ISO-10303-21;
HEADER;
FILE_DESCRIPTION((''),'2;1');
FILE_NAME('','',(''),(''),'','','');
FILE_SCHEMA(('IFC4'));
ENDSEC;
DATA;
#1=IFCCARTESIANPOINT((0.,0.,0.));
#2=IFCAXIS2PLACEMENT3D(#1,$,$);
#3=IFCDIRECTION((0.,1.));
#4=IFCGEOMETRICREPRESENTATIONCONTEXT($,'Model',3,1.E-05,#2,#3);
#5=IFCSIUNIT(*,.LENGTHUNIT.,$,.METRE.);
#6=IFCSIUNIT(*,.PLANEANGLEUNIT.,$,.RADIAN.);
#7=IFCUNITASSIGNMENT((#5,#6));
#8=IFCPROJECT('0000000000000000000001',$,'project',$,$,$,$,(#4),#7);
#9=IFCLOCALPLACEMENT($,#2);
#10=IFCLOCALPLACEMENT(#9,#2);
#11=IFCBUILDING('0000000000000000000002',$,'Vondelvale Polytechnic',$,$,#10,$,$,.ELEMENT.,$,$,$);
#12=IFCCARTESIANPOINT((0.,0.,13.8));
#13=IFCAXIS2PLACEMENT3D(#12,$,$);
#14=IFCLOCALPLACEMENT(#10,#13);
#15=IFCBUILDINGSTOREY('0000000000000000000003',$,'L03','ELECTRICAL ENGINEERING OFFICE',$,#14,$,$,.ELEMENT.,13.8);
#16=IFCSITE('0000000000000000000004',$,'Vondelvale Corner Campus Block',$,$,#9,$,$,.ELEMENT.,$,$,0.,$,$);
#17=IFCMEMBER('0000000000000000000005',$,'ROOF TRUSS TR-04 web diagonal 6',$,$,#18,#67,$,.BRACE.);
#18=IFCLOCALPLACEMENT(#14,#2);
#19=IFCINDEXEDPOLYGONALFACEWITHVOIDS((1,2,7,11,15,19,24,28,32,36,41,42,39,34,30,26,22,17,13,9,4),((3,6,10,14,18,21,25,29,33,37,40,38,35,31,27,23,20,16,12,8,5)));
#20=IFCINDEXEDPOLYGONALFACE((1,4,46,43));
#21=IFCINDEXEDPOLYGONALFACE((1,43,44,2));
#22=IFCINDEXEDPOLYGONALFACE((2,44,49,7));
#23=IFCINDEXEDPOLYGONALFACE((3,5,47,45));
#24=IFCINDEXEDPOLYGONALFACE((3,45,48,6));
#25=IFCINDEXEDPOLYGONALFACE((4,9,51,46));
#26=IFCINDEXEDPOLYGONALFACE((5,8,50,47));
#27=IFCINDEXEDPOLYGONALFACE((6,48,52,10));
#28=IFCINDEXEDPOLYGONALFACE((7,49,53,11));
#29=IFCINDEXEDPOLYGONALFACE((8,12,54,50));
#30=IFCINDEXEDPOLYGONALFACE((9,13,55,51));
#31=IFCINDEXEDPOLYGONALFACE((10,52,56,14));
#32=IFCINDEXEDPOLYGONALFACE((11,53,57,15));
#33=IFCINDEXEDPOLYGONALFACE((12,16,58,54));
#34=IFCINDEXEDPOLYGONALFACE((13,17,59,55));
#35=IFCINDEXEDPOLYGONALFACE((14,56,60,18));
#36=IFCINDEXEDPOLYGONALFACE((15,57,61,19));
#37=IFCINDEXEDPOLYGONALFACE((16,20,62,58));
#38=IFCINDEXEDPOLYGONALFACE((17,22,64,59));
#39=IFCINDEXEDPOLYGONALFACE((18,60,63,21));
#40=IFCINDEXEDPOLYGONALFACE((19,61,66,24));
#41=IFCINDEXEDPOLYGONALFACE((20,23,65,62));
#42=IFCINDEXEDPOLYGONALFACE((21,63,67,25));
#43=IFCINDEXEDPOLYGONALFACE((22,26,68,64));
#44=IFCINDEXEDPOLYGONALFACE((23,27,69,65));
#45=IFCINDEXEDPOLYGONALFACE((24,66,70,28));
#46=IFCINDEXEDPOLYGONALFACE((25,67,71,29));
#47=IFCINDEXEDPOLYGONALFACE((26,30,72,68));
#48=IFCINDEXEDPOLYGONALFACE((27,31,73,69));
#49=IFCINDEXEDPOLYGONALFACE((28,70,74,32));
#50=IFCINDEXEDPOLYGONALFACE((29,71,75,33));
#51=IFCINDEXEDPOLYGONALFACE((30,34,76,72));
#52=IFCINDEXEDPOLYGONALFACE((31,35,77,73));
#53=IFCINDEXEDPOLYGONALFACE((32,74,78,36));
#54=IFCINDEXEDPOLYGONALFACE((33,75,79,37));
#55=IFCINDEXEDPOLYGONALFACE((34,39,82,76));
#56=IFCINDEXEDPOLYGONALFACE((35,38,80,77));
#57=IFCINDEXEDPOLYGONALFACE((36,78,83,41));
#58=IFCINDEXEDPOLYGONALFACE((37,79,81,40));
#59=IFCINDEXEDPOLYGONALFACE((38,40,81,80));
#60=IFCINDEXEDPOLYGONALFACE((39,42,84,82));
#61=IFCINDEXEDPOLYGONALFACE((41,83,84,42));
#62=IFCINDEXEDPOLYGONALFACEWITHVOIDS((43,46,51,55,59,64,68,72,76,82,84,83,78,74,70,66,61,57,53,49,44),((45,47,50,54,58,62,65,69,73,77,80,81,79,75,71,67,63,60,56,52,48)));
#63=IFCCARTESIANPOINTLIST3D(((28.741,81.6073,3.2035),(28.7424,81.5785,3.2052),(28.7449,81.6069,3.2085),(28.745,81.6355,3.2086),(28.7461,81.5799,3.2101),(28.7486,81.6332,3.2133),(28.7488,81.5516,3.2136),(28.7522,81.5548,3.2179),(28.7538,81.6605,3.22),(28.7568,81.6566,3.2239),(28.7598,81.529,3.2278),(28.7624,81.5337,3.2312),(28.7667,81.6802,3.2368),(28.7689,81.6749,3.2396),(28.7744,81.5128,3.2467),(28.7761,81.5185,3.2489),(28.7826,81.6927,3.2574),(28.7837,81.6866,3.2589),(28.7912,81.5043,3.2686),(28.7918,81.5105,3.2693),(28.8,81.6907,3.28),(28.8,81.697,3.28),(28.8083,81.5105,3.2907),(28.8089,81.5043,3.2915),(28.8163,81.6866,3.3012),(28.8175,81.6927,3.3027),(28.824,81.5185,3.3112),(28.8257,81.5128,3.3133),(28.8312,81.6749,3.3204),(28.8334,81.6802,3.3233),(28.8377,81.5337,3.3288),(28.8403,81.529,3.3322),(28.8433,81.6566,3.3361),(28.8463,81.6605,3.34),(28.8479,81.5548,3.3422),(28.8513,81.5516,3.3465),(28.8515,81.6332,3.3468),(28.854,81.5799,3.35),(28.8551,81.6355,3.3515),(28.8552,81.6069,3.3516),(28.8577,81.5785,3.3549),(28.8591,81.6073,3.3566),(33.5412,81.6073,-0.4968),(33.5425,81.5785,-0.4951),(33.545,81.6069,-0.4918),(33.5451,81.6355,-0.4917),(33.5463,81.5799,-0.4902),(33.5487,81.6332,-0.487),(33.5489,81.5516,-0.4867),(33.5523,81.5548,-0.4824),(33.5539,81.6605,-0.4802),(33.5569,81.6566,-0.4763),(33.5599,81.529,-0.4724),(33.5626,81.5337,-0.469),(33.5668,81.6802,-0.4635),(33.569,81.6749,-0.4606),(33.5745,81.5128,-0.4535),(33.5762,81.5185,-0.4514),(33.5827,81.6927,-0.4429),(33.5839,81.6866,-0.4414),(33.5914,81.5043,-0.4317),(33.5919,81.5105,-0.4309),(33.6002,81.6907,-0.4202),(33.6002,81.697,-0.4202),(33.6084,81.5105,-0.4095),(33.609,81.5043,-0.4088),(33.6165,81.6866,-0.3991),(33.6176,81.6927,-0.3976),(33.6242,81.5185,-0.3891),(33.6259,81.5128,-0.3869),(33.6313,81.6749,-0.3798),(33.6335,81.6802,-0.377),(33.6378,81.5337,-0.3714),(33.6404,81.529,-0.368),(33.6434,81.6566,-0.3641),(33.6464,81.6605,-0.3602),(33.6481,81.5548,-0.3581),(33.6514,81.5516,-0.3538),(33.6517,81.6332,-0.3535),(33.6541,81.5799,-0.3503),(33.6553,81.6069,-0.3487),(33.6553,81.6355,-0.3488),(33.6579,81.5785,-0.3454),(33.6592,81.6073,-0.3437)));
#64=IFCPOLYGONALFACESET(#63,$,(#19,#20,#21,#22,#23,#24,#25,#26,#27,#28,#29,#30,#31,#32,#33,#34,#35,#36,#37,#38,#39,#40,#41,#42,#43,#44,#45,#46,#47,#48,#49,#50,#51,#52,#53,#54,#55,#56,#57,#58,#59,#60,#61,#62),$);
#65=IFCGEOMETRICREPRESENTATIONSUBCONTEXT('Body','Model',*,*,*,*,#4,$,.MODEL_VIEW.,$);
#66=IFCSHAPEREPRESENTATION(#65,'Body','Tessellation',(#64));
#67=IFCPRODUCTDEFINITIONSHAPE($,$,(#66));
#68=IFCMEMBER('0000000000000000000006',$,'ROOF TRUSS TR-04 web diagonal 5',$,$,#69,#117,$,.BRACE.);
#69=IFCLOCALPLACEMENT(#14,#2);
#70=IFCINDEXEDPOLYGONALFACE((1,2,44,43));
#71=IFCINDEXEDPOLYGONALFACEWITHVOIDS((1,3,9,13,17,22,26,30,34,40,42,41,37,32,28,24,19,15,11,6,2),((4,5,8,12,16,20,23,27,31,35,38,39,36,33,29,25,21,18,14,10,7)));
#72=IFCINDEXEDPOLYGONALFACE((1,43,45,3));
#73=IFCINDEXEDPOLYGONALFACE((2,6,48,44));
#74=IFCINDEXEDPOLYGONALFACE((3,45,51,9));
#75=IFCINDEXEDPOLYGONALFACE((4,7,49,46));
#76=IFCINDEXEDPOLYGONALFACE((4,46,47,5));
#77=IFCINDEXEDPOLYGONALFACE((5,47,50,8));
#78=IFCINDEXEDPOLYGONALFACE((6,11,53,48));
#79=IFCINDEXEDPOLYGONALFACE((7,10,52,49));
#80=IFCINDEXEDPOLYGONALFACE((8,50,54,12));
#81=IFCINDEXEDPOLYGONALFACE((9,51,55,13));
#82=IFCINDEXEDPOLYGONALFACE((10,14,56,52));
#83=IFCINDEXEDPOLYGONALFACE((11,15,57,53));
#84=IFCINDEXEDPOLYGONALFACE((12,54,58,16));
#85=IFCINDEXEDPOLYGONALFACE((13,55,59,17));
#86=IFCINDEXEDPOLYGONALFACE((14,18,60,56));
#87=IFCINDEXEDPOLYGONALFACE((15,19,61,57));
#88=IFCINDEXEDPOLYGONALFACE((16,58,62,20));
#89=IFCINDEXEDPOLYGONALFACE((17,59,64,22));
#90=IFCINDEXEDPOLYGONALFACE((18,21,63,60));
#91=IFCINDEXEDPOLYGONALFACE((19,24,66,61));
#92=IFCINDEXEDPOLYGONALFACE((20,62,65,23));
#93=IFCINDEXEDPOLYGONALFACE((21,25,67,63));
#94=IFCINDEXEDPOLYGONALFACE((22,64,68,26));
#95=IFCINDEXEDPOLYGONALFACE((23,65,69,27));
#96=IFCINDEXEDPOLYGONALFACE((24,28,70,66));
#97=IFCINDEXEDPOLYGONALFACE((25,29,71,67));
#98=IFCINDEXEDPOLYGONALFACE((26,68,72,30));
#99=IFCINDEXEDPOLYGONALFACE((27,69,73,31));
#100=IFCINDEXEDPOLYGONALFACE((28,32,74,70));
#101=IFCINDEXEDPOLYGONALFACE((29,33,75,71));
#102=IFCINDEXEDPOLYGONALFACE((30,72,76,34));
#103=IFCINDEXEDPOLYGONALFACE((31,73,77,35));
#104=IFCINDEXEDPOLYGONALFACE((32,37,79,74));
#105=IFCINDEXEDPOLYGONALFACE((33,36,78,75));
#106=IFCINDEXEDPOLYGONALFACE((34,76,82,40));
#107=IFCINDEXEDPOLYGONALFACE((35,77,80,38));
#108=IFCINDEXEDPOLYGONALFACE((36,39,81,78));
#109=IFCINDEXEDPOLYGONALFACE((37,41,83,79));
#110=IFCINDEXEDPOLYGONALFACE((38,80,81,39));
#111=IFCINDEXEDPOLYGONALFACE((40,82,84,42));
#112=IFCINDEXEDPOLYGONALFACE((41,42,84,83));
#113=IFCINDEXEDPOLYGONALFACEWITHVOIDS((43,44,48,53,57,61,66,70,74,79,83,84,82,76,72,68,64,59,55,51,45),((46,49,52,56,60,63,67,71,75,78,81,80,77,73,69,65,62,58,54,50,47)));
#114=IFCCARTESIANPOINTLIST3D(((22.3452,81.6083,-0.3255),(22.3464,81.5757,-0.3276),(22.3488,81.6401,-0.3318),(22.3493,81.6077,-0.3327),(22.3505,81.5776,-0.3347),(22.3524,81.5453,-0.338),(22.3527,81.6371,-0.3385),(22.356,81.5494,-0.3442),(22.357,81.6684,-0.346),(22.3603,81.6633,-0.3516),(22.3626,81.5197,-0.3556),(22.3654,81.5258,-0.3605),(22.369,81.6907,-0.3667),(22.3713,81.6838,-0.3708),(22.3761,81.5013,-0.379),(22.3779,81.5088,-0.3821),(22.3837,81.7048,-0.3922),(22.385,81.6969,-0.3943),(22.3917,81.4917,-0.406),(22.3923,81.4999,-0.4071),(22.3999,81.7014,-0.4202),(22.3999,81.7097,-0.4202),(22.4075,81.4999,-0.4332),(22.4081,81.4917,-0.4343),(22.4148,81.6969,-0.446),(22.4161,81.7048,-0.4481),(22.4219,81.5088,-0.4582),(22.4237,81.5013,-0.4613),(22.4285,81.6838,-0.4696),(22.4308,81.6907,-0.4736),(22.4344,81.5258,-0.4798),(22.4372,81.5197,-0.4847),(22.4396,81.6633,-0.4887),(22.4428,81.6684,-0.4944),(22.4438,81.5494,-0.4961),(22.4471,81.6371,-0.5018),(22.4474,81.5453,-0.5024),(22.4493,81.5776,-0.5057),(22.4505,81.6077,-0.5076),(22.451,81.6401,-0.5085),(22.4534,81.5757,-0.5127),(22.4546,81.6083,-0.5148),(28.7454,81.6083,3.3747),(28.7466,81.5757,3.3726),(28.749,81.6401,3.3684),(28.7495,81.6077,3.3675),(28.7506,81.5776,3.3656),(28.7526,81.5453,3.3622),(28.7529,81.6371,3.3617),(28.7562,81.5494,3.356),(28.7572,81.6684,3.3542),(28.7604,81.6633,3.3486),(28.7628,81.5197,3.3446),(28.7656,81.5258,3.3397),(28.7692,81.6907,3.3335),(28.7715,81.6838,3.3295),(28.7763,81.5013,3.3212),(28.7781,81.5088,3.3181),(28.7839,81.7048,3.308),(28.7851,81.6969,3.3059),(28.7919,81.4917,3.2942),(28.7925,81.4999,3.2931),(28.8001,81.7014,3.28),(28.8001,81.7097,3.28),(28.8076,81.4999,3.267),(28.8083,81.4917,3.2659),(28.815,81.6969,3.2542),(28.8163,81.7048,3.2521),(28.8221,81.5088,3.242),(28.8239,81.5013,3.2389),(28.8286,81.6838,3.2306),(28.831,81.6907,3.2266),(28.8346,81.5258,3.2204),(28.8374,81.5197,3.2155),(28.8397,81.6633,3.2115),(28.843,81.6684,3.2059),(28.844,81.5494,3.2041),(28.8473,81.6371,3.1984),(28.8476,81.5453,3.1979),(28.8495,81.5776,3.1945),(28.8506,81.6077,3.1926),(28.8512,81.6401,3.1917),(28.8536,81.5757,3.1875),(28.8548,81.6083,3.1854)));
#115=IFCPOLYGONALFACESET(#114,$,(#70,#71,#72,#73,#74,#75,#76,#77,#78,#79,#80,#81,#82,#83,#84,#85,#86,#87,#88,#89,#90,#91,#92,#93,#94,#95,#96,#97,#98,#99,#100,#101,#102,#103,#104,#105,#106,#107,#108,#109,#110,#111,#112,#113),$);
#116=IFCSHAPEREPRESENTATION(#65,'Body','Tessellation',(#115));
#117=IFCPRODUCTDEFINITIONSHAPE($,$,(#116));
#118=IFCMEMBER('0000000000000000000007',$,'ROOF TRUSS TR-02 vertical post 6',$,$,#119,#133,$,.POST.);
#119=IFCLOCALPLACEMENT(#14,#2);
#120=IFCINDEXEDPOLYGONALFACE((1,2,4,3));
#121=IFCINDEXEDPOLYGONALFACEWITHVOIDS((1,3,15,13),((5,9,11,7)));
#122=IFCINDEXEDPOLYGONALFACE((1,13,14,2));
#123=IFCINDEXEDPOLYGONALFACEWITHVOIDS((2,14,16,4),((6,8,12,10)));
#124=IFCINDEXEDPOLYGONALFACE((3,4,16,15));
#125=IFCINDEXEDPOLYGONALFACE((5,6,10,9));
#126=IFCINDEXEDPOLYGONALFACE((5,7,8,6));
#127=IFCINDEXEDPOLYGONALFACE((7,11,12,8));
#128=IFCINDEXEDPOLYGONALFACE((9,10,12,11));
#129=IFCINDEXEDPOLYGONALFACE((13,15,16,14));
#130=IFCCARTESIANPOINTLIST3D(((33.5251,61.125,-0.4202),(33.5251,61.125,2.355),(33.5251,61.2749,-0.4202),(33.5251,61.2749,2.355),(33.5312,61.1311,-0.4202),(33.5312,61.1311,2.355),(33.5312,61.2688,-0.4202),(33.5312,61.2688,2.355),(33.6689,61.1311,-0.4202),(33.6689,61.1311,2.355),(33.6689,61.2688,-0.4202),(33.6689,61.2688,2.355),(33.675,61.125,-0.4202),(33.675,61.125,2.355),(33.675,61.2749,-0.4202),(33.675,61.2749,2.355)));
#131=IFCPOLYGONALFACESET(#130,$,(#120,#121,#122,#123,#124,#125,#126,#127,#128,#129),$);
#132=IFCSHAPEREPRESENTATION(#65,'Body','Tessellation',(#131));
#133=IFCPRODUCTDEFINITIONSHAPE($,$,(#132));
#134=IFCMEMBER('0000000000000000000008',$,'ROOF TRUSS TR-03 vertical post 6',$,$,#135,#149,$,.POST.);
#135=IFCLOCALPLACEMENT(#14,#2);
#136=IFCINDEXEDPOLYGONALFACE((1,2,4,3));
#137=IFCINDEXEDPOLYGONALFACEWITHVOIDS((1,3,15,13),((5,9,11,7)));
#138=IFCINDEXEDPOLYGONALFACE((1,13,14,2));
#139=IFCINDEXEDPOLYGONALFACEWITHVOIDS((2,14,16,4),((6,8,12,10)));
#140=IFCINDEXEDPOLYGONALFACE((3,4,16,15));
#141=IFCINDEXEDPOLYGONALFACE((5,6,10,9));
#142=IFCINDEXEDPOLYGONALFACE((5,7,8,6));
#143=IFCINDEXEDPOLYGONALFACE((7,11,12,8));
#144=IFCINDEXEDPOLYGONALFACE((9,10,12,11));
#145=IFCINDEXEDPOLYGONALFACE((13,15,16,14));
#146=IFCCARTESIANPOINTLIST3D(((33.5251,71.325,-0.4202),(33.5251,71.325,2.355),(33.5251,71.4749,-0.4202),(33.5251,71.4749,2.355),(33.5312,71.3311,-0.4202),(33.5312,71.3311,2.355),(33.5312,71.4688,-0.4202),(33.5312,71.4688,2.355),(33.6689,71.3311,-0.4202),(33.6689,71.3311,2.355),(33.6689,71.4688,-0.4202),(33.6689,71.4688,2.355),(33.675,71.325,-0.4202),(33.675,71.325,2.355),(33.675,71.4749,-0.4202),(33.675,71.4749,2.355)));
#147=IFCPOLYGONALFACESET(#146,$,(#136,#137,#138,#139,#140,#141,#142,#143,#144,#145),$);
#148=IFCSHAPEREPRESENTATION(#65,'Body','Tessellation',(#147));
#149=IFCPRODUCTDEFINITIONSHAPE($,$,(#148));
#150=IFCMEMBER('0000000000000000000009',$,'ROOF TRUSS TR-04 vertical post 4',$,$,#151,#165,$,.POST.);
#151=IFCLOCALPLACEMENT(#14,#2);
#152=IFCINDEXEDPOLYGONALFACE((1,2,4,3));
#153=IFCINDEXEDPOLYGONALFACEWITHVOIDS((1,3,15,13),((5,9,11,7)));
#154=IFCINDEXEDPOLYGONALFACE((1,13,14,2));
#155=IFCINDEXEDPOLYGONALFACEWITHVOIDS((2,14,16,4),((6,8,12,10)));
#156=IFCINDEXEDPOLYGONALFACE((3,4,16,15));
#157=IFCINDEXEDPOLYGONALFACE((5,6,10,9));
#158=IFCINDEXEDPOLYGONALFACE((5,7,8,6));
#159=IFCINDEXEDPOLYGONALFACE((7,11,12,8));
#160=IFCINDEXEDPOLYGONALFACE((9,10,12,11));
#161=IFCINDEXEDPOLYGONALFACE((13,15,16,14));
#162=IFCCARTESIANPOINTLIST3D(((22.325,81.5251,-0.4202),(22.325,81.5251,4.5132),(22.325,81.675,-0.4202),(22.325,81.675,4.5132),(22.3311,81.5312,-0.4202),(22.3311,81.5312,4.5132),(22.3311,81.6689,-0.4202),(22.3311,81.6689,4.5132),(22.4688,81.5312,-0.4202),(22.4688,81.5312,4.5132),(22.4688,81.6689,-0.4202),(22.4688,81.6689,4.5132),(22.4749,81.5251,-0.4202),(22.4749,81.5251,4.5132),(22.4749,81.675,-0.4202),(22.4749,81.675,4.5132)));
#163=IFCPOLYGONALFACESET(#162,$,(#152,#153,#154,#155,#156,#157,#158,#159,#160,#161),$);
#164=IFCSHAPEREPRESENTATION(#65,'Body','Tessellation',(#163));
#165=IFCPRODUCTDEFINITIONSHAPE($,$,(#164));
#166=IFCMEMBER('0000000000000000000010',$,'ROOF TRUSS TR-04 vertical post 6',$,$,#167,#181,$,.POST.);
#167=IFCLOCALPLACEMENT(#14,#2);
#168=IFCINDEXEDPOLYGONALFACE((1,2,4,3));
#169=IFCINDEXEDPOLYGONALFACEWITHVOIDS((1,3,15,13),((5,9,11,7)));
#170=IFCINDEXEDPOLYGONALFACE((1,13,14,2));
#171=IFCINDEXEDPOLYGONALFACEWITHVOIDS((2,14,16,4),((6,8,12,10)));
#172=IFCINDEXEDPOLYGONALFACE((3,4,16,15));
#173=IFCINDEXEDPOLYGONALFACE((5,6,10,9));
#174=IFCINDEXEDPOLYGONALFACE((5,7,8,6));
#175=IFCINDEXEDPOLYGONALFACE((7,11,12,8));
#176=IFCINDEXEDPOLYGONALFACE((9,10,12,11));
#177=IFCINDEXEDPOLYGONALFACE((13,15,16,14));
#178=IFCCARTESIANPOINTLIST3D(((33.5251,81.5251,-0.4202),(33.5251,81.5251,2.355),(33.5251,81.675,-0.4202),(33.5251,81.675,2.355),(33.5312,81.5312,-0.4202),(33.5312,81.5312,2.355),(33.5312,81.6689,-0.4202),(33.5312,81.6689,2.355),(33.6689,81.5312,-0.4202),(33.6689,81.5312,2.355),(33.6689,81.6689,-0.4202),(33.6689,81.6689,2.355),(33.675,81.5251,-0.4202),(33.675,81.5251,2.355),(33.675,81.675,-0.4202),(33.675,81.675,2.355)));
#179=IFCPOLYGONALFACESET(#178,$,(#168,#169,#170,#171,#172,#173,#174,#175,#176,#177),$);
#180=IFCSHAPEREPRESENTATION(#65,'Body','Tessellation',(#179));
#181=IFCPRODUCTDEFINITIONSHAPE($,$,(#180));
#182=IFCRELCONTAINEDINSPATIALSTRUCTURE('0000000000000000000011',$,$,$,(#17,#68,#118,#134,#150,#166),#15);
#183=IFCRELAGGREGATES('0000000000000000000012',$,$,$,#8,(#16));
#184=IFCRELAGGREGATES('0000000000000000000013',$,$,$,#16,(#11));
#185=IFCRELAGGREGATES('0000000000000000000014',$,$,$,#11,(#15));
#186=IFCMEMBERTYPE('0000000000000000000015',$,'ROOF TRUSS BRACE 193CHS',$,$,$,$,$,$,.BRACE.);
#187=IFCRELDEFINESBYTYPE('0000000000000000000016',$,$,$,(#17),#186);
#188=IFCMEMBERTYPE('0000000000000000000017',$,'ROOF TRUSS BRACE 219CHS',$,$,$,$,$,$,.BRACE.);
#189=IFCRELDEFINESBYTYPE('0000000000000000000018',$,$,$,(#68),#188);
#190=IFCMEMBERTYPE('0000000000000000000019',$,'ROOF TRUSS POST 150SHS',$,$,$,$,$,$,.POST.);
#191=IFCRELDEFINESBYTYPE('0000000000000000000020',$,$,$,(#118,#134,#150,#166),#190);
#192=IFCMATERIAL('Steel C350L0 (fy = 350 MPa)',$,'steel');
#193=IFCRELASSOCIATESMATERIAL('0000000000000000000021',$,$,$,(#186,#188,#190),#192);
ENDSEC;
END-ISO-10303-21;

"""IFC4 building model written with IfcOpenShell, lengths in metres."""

from ifc_helpers import new_model, si_unit, direction, frame, origin, origin_2d, place, context, subcontext, project, spatial, hollow_rectangle, hollow_circle, extrude, material, material_profile, profile_set, type_object, element, save


model = new_model("IFC4")

# Units and contexts
model_context = context("Model", 3, precision=1e-05, world=origin(), true_north=direction((0.0, 1.0)))
body_context = subcontext(model_context, "Body", "Model", "MODEL_VIEW")
ifc_project = project(units=[si_unit("LENGTHUNIT", "METRE"), si_unit("PLANEANGLEUNIT", "RADIAN")], contexts=[model_context])

# Site, building, storey
site_placement = place(None, origin())
site = spatial("IfcSite", under=ifc_project, at=site_placement, Name="Vondelvale Corner Campus Block", CompositionType="ELEMENT", RefElevation=0.0)
building_placement = place(site_placement, origin())
building = spatial("IfcBuilding", under=site, at=building_placement, Name="Vondelvale Polytechnic", CompositionType="ELEMENT")
storey_placement = place(building_placement, frame((0.0, 0.0, 13.8)))
storey = spatial("IfcBuildingStorey", under=building, at=storey_placement, Name="L03", Description="ELECTRICAL ENGINEERING OFFICE", CompositionType="ELEMENT", Elevation=13.8)

# Members
ifc_material_1 = material(Name="Steel C350L0 (fy = 350 MPa)", Category="steel")
ifc_material_profile_1 = material_profile(ifc_material_1, hollow_circle(Radius=0.0969, WallThickness=0.0063, at=origin_2d()), Name="193.7x6.4CHS")
ifc_profile_set_1 = profile_set([ifc_material_profile_1], Name="Steel C350L0 (fy = 350 MPa)")
member_type_1 = type_object("IfcMemberType", Name="ROOF TRUSS BRACE 193CHS", PredefinedType="BRACE", material=ifc_profile_set_1)
member_1_placement = place(storey_placement, frame((28.8, 81.6001, 3.28), z_axis=(0.791998, 0.0, -0.610524), x_axis=(0.0, 1.0, 0.0)))
element("IfcMember", 1, at=member_1_placement, inside=storey, type_object=member_type_1, Name="ROOF TRUSS TR-04 web diagonal 6", PredefinedType="BRACE", context=body_context, shape_type="SweptSolid", body=[
    extrude(hollow_circle(Radius=0.0969, WallThickness=0.0063, at=origin_2d()), origin(), (0.0, 0.0, 1.0), 6.0608),
])
ifc_material_profile_2 = material_profile(ifc_material_1, hollow_circle(Radius=0.1096, WallThickness=0.0083, at=origin_2d()), Name="219.1x8.2CHS")
ifc_profile_set_2 = profile_set([ifc_material_profile_2], Name="Steel C350L0 (fy = 350 MPa)")
member_type_2 = type_object("IfcMemberType", Name="ROOF TRUSS BRACE 219CHS", PredefinedType="BRACE", material=ifc_profile_set_2)
member_2_placement = place(storey_placement, frame((22.3999, 81.6001, -0.4202), z_axis=(0.865728, 0.0, 0.500514), x_axis=(0.0, 1.0, 0.0)))
element("IfcMember", 2, at=member_2_placement, inside=storey, type_object=member_type_2, Name="ROOF TRUSS TR-04 web diagonal 5", PredefinedType="BRACE", context=body_context, shape_type="SweptSolid", body=[
    extrude(hollow_circle(Radius=0.1096, WallThickness=0.0083, at=origin_2d()), origin(), (0.0, 0.0, 1.0), 7.3928),
])
ifc_material_profile_3 = material_profile(ifc_material_1, hollow_rectangle(XDim=0.1499, YDim=0.1499, WallThickness=0.0061, at=origin_2d()), Name="150x150x6.0SHS")
ifc_profile_set_3 = profile_set([ifc_material_profile_3], Name="Steel C350L0 (fy = 350 MPa)")
member_type_3 = type_object("IfcMemberType", Name="ROOF TRUSS POST 150SHS", PredefinedType="POST", material=ifc_profile_set_3)
for number, where, z_axis, x_axis, name in (
    (3, (33.6001, 61.2, -0.4202), (0.0, 0.0, 1.0), (1.0, 0.0, 0.0), "ROOF TRUSS TR-02 vertical post 6"),
    (4, (33.6001, 71.3999, -0.4202), (0.0, 0.0, 1.0), (1.0, 0.0, 0.0), "ROOF TRUSS TR-03 vertical post 6"),
):
    element("IfcMember", number, at=place(storey_placement, frame(where, z_axis=z_axis, x_axis=x_axis)), inside=storey, type_object=member_type_3, Name=name, PredefinedType="POST", context=body_context, shape_type="SweptSolid", body=[
        extrude(hollow_rectangle(XDim=0.1499, YDim=0.1499, WallThickness=0.0061, at=origin_2d()), origin(), (0.0, 0.0, 1.0), 2.7751),
    ])
member_3_placement = place(storey_placement, frame((22.3999, 81.6001, -0.4202), z_axis=(0.0, 0.0, 1.0), x_axis=(1.0, 0.0, 0.0)))
element("IfcMember", 5, at=member_3_placement, inside=storey, type_object=member_type_3, Name="ROOF TRUSS TR-04 vertical post 4", PredefinedType="POST", context=body_context, shape_type="SweptSolid", body=[
    extrude(hollow_rectangle(XDim=0.1499, YDim=0.1499, WallThickness=0.0061, at=origin_2d()), origin(), (0.0, 0.0, 1.0), 4.9333),
])
member_4_placement = place(storey_placement, frame((33.6001, 81.6001, -0.4202), z_axis=(0.0, 0.0, 1.0), x_axis=(1.0, 0.0, 0.0)))
element("IfcMember", 6, at=member_4_placement, inside=storey, type_object=member_type_3, Name="ROOF TRUSS TR-04 vertical post 6", PredefinedType="POST", context=body_context, shape_type="SweptSolid", body=[
    extrude(hollow_rectangle(XDim=0.1499, YDim=0.1499, WallThickness=0.0061, at=origin_2d()), origin(), (0.0, 0.0, 1.0), 2.7751),
])

save(model, "model.ifc")
